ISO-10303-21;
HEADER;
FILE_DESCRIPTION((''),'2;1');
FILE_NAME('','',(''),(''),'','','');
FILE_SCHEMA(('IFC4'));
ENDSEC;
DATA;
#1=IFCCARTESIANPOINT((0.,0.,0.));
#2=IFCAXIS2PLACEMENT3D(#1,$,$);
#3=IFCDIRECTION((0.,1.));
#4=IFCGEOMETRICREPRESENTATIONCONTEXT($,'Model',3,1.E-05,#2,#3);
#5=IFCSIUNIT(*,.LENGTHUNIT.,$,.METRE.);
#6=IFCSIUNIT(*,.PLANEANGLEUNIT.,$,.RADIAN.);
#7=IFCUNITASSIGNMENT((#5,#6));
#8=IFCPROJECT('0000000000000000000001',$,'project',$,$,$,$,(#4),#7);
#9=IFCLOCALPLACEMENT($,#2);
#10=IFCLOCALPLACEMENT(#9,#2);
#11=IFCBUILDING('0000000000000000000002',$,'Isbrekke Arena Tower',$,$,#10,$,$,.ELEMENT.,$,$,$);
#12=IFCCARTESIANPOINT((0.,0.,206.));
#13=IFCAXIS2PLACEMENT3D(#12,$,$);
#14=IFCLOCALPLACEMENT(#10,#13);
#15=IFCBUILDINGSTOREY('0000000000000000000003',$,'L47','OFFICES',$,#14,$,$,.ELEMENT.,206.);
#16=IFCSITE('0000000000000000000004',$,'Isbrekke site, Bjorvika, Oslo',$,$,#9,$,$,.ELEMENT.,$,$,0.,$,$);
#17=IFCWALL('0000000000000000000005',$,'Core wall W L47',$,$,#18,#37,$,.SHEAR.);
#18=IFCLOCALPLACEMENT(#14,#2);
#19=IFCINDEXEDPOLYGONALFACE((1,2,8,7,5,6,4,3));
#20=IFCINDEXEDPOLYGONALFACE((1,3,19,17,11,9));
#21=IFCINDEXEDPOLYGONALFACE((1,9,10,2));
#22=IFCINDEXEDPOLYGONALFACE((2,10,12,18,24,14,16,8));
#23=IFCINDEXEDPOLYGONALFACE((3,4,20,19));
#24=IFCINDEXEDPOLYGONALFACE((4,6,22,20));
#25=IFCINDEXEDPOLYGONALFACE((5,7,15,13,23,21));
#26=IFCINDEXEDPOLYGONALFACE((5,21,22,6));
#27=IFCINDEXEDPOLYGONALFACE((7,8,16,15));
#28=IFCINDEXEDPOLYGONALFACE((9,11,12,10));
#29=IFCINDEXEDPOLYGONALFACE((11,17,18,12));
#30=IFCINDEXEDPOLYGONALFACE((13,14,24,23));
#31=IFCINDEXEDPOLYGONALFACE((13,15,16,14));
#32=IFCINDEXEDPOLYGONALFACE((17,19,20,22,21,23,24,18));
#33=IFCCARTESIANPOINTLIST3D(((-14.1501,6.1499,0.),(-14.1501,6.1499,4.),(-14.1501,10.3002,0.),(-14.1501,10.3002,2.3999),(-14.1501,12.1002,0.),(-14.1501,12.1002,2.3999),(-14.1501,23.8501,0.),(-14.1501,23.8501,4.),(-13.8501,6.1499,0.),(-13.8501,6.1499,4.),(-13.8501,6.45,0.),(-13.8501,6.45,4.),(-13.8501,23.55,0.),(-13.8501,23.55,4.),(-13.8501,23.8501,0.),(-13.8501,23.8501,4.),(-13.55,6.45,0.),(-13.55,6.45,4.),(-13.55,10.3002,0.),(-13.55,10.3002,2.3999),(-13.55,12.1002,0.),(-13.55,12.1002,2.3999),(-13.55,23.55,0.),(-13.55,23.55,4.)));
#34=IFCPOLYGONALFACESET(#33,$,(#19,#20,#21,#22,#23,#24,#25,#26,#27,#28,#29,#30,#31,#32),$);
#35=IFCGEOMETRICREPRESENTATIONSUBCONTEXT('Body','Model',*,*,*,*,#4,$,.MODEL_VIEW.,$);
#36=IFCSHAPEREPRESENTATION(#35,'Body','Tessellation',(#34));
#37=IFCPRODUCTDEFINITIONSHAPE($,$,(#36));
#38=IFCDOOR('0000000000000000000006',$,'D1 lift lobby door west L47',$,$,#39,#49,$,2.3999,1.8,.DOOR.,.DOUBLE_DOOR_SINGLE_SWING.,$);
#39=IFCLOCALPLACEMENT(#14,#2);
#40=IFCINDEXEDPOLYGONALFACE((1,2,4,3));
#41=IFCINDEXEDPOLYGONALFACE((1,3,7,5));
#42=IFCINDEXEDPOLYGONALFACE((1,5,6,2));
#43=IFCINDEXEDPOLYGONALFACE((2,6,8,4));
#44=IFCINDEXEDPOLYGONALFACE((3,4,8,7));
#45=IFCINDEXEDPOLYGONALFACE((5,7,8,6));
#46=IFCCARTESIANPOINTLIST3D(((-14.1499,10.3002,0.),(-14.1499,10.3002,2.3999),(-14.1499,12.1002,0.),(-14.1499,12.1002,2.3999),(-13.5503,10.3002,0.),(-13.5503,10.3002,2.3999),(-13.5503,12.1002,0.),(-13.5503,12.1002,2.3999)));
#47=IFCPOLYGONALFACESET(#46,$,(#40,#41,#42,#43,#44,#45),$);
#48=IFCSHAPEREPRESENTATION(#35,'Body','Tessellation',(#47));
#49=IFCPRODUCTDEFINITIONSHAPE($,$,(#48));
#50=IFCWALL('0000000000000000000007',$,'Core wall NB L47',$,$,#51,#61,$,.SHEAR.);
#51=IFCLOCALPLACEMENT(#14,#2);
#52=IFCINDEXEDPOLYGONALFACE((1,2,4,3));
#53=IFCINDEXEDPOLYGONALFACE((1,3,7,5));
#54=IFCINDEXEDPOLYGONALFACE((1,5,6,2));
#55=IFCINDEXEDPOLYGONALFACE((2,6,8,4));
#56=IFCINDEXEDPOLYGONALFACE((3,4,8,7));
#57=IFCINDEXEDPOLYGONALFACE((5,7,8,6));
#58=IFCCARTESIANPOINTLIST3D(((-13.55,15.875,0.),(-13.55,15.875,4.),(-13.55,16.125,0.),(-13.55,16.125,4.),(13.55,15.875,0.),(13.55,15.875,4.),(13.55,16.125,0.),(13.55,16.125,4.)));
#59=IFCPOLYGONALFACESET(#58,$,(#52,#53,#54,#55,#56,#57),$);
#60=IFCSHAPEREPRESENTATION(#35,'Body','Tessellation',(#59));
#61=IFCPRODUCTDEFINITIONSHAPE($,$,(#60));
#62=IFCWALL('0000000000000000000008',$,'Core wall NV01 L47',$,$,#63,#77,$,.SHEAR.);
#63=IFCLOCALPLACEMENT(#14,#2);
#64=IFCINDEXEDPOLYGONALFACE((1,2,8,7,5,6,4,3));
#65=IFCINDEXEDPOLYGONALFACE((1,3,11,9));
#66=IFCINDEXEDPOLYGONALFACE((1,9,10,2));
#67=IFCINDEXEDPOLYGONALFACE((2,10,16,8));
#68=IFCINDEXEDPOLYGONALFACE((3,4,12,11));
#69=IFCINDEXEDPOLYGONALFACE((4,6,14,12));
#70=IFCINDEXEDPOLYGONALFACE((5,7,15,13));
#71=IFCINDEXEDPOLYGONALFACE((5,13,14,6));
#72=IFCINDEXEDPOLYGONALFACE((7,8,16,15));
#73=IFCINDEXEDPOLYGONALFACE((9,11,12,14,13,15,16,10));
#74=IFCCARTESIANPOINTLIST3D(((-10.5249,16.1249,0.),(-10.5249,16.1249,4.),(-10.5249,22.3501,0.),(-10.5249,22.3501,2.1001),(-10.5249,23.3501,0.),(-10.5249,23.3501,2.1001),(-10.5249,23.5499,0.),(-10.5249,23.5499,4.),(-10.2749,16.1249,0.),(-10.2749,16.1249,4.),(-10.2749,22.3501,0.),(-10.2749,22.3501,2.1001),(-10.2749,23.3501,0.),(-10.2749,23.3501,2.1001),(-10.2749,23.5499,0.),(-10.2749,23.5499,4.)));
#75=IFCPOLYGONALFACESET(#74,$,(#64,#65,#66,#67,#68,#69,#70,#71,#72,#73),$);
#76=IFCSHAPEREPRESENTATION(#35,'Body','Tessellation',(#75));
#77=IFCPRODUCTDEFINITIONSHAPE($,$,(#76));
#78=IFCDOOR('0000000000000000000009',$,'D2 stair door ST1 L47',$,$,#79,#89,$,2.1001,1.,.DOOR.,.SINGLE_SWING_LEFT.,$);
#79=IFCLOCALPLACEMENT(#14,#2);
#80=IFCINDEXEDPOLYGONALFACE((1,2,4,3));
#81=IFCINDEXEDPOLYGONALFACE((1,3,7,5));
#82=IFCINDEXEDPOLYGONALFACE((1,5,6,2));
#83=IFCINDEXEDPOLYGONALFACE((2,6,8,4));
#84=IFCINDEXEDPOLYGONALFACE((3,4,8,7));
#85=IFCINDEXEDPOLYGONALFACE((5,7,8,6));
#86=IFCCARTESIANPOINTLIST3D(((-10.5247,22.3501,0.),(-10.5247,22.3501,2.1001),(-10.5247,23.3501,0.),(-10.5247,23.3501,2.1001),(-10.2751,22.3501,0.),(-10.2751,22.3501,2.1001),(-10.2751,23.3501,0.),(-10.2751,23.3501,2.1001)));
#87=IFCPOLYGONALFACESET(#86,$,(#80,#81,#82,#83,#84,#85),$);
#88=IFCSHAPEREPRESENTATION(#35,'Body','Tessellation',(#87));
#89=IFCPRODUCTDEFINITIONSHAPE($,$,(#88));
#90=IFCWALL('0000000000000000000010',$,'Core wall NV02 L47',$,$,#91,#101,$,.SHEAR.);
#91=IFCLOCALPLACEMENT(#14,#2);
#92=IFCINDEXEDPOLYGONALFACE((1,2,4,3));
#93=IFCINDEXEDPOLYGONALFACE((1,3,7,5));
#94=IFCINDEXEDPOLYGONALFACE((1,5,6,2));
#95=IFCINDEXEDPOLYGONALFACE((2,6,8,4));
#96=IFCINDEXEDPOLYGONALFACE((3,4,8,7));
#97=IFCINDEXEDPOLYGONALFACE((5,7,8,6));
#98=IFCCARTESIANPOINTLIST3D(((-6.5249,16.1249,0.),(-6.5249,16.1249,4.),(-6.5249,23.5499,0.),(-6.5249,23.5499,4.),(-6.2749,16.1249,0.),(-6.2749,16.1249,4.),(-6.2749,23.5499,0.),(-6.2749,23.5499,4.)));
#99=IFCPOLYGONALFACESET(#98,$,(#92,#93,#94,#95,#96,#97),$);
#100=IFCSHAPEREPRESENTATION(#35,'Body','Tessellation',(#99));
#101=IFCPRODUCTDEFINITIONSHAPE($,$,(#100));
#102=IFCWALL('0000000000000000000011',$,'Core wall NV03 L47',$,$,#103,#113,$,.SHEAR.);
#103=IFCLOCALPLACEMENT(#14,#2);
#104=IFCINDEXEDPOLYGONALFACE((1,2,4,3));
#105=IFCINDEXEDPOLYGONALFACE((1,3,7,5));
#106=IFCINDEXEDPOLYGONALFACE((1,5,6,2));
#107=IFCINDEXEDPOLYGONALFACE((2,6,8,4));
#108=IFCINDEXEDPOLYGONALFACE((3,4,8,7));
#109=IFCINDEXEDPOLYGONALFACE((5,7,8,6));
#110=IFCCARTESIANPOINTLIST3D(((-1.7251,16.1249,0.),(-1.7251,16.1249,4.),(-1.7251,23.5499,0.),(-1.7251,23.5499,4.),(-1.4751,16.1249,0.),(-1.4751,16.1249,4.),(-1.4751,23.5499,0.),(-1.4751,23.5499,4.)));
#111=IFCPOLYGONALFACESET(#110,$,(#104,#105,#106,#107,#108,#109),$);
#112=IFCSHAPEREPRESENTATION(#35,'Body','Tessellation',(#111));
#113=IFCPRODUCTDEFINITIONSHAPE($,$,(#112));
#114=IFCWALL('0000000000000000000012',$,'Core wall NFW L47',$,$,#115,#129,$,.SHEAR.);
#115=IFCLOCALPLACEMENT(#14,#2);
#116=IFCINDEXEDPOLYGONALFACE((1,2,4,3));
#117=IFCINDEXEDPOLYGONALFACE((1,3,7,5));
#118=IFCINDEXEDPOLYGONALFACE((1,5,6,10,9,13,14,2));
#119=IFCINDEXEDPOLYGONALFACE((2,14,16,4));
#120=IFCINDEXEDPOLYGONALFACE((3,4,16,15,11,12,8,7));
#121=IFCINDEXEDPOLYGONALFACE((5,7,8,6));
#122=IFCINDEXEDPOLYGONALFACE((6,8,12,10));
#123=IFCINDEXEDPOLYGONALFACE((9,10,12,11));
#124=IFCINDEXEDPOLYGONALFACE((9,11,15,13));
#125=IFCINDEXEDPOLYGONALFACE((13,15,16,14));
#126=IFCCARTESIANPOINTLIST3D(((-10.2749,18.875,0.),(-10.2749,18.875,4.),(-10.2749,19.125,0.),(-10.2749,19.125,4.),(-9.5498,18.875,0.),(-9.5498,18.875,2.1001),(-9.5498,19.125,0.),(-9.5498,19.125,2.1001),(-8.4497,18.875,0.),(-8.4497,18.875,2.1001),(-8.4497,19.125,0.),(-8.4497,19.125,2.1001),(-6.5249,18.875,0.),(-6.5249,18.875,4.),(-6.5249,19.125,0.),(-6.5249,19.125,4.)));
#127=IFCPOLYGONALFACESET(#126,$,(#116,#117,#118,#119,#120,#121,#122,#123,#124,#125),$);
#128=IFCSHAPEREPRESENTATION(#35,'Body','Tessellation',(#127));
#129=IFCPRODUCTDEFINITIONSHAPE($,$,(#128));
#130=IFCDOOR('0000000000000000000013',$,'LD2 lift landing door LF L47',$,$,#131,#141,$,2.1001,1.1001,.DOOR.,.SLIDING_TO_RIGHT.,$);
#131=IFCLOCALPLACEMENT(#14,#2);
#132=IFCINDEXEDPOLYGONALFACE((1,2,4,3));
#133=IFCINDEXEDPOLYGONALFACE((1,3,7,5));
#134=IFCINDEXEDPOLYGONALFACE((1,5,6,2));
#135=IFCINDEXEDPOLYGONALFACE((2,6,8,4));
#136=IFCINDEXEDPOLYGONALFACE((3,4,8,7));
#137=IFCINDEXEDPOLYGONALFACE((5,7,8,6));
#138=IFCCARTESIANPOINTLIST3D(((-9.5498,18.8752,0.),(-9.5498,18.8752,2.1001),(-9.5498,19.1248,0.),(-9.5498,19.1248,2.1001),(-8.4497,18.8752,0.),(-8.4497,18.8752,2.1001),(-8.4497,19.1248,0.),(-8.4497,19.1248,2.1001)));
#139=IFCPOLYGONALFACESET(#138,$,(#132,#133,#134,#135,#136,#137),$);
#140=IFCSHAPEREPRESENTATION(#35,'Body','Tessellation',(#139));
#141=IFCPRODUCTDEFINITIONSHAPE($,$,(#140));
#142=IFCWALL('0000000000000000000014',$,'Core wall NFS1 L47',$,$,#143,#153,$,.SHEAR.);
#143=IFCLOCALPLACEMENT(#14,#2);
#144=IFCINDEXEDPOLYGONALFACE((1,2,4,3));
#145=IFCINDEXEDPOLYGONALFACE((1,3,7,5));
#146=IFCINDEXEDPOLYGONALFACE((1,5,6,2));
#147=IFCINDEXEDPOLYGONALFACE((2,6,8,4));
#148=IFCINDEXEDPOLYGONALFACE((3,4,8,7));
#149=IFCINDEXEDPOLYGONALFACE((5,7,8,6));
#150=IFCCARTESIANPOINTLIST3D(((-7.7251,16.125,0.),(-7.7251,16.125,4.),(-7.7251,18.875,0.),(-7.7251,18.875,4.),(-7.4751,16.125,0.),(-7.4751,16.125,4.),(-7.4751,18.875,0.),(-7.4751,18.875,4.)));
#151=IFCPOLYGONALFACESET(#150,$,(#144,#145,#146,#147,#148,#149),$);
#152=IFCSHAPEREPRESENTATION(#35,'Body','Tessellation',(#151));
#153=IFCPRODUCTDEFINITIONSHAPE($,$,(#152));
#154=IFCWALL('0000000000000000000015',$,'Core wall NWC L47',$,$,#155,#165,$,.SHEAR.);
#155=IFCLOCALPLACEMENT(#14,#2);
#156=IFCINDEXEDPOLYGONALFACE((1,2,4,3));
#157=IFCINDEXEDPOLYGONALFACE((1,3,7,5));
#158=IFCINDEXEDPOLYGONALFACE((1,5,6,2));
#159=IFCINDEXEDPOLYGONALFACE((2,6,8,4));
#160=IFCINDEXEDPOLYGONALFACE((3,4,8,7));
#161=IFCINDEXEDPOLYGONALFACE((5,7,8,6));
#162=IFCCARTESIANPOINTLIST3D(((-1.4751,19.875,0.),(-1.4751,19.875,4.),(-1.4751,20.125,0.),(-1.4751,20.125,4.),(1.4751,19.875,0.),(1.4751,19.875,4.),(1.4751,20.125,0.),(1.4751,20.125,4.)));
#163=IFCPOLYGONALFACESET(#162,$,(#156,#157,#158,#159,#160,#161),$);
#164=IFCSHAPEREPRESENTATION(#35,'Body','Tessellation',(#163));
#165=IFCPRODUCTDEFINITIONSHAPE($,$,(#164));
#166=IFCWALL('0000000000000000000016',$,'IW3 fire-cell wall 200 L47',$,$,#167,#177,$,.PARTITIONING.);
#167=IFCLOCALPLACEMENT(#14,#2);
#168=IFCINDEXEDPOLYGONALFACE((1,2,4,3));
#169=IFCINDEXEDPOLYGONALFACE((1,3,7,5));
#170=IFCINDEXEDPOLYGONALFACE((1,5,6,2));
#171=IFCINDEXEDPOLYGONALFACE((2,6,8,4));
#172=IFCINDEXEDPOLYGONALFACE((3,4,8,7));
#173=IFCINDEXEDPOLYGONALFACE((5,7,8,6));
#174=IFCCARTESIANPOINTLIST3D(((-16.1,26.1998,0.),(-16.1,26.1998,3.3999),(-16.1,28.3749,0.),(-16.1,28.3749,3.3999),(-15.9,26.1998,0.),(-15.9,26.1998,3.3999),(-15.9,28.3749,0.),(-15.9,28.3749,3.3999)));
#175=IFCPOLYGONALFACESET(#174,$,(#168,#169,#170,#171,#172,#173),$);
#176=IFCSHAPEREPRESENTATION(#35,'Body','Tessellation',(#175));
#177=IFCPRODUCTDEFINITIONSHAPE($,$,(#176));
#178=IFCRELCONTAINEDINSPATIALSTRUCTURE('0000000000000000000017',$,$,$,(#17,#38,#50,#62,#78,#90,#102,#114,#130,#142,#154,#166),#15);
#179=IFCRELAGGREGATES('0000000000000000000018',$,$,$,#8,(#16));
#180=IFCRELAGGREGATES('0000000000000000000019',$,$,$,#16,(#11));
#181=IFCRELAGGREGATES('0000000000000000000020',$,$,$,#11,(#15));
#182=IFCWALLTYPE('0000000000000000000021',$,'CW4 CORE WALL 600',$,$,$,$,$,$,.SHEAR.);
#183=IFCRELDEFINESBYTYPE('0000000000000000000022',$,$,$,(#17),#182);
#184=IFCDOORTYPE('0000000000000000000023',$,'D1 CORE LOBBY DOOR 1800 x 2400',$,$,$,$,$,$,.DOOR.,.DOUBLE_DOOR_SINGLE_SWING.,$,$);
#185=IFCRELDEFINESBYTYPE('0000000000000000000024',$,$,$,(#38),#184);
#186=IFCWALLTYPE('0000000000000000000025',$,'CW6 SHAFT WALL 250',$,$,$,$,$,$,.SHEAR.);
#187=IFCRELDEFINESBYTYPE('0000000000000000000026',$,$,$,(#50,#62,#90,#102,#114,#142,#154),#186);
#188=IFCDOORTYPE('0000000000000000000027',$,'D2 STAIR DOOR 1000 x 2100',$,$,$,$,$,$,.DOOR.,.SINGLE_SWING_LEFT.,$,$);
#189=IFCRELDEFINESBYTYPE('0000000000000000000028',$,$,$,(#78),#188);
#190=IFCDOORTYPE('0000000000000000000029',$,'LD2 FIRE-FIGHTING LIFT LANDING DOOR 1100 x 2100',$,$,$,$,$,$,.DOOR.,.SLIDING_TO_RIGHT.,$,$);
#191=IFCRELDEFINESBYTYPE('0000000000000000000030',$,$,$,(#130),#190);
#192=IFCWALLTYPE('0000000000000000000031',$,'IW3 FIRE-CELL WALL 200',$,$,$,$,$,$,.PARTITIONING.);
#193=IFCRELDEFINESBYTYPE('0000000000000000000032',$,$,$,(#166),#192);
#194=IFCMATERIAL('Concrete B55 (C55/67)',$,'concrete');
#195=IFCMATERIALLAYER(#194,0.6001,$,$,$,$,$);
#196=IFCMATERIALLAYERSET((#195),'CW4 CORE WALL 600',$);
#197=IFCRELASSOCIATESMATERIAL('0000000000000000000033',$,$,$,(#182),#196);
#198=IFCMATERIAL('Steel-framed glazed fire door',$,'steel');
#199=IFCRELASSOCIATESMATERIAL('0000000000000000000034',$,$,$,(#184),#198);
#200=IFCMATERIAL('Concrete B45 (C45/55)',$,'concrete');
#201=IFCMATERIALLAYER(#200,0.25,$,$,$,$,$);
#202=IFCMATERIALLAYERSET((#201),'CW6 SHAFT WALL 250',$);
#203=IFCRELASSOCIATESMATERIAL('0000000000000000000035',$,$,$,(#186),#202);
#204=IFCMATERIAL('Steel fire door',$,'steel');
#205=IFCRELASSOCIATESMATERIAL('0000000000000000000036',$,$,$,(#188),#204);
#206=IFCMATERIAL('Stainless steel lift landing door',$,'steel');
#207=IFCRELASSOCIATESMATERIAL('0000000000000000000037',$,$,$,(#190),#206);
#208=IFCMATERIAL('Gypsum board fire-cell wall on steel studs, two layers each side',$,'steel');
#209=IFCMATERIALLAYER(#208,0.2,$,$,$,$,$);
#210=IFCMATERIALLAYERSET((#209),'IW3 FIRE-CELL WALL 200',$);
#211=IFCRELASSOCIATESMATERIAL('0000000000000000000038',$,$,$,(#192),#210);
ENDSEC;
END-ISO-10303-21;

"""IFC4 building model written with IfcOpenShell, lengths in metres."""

from ifc_helpers import new_model, si_unit, direction, frame, frame_2d, origin, place, context, subcontext, project, spatial, polyline, rectangle, outline, extrude, material, layer, layer_set, type_object, element, fill, save


model = new_model("IFC4")

# Units and contexts
model_context = context("Model", 3, precision=1e-05, world=origin(), true_north=direction((0.0, 1.0)))
body_context = subcontext(model_context, "Body", "Model", "MODEL_VIEW")
ifc_project = project(units=[si_unit("LENGTHUNIT", "METRE"), si_unit("PLANEANGLEUNIT", "RADIAN")], contexts=[model_context])

# Site, building, storey
site_placement = place(None, origin())
site = spatial("IfcSite", under=ifc_project, at=site_placement, Name="Isbrekke site, Bjorvika, Oslo", CompositionType="ELEMENT", RefElevation=0.0)
building_placement = place(site_placement, origin())
building = spatial("IfcBuilding", under=site, at=building_placement, Name="Isbrekke Arena Tower", CompositionType="ELEMENT")
storey_placement = place(building_placement, frame((0.0, 0.0, 206.0)))
storey = spatial("IfcBuildingStorey", under=building, at=storey_placement, Name="L47", Description="OFFICES", CompositionType="ELEMENT", Elevation=206.0)

# Wall, opening, door
ifc_material_1 = material(Name="Concrete B55 (C55/67)", Category="concrete")
ifc_layer_1 = layer(ifc_material_1, 0.6001)
ifc_layer_set_1 = layer_set([ifc_layer_1], Name="CW4 CORE WALL 600")
wall_type_1 = type_object("IfcWallType", Name="CW4 CORE WALL 600", PredefinedType="SHEAR", material=ifc_layer_set_1)
wall_1_placement = place(storey_placement, frame((-13.8501, 23.8501, 0.0), z_axis=(0.0, 0.0, 1.0), x_axis=(0.0, -1.0, 0.0)))
wall_1 = element("IfcWall", 1, at=wall_1_placement, inside=storey, type_object=wall_type_1, Name="Core wall W L47", PredefinedType="SHEAR", context=body_context, shape_type="SweptSolid", body=[
    extrude(outline(polyline([(0.0, -0.3), (17.7002, -0.3), (17.7002, 0.0), (17.4001, 0.0), (17.4001, 0.3), (0.3, 0.3), (0.3, 0.0), (0.0, 0.0), (0.0, -0.3)])), origin(), (0.0, 0.0, 1.0), 4.0),
])
opening_1_placement = place(wall_1_placement, frame((11.75, 0.0, 0.0)))
opening_1 = element("IfcOpeningElement", 2, at=opening_1_placement, cuts=wall_1, PredefinedType="OPENING", context=body_context, shape_type="SweptSolid", body=[
    extrude(rectangle(XDim=1.8, YDim=2.3999, at=frame_2d((0.8999, 1.2))), frame((0.0, 0.3149, 0.0), z_axis=(0.0, -1.0, 0.0), x_axis=(1.0, 0.0, 0.0)), (0.0, 0.0, 1.0), 0.6299),
])
ifc_material_2 = material(Name="Steel-framed glazed fire door", Category="steel")
door_type_1 = type_object("IfcDoorType", Name="D1 CORE LOBBY DOOR 1800 x 2400", OperationType="DOUBLE_DOOR_SINGLE_SWING", PredefinedType="DOOR", material=ifc_material_2)
door_1_placement = place(opening_1_placement, origin())
door_1 = element("IfcDoor", 3, at=door_1_placement, inside=storey, type_object=door_type_1, Name="D1 lift lobby door west L47", OperationType="DOUBLE_DOOR_SINGLE_SWING", OverallHeight=2.3999, OverallWidth=1.8, PredefinedType="DOOR", context=body_context, shape_type="SweptSolid", body=[
    extrude(rectangle(XDim=1.8, YDim=2.3999, at=frame_2d((0.8999, 1.2))), frame((0.0, 0.2998, 0.0), z_axis=(0.0, -1.0, 0.0), x_axis=(1.0, 0.0, 0.0)), (0.0, 0.0, 1.0), 0.5996),
])
fill(opening_1, door_1)

# Wall
ifc_material_3 = material(Name="Concrete B45 (C45/55)", Category="concrete")
ifc_layer_2 = layer(ifc_material_3, 0.25)
ifc_layer_set_2 = layer_set([ifc_layer_2], Name="CW6 SHAFT WALL 250")
wall_type_2 = type_object("IfcWallType", Name="CW6 SHAFT WALL 250", PredefinedType="SHEAR", material=ifc_layer_set_2)
wall_2_placement = place(storey_placement, frame((-13.55, 16.0, 0.0), z_axis=(0.0, 0.0, 1.0), x_axis=(1.0, 0.0, 0.0)))
element("IfcWall", 4, at=wall_2_placement, inside=storey, type_object=wall_type_2, Name="Core wall NB L47", PredefinedType="SHEAR", context=body_context, shape_type="SweptSolid", body=[
    extrude(rectangle(XDim=27.1001, YDim=0.25, at=frame_2d((13.55, 0.0))), origin(), (0.0, 0.0, 1.0), 4.0),
])

# Wall, opening, door
wall_3_placement = place(storey_placement, frame((-10.3999, 16.125, 0.0), z_axis=(0.0, 0.0, 1.0), x_axis=(0.0, 1.0, 0.0)))
wall_3 = element("IfcWall", 5, at=wall_3_placement, inside=storey, type_object=wall_type_2, Name="Core wall NV01 L47", PredefinedType="SHEAR", context=body_context, shape_type="SweptSolid", body=[
    extrude(rectangle(XDim=7.425, YDim=0.25, at=frame_2d((3.7124, 0.0))), origin(), (0.0, 0.0, 1.0), 4.0),
])
opening_2_placement = place(wall_3_placement, frame((6.2251, 0.0, 0.0)))
opening_2 = element("IfcOpeningElement", 6, at=opening_2_placement, cuts=wall_3, PredefinedType="OPENING", context=body_context, shape_type="SweptSolid", body=[
    extrude(rectangle(XDim=1.0, YDim=2.1001, at=frame_2d((0.5, 1.05))), frame((0.0, 0.1399, 0.0), z_axis=(0.0, -1.0, 0.0), x_axis=(1.0, 0.0, 0.0)), (0.0, 0.0, 1.0), 0.2798),
])
ifc_material_4 = material(Name="Steel fire door", Category="steel")
door_type_2 = type_object("IfcDoorType", Name="D2 STAIR DOOR 1000 x 2100", OperationType="SINGLE_SWING_LEFT", PredefinedType="DOOR", material=ifc_material_4)
door_2_placement = place(opening_2_placement, origin())
door_2 = element("IfcDoor", 7, at=door_2_placement, inside=storey, type_object=door_type_2, Name="D2 stair door ST1 L47", OperationType="SINGLE_SWING_LEFT", OverallHeight=2.1001, OverallWidth=1.0, PredefinedType="DOOR", context=body_context, shape_type="SweptSolid", body=[
    extrude(rectangle(XDim=1.0, YDim=2.1001, at=frame_2d((0.5, 1.05))), frame((0.0, 0.1248, 0.0), z_axis=(0.0, -1.0, 0.0), x_axis=(1.0, 0.0, 0.0)), (0.0, 0.0, 1.0), 0.2495),
])
fill(opening_2, door_2)

# Walls
for number, where, z_axis, x_axis, name in (
    (8, (-6.3999, 16.125, 0.0), (0.0, 0.0, 1.0), (0.0, 1.0, 0.0), "Core wall NV02 L47"),
    (9, (-1.6001, 16.125, 0.0), (0.0, 0.0, 1.0), (0.0, 1.0, 0.0), "Core wall NV03 L47"),
):
    element("IfcWall", number, at=place(storey_placement, frame(where, z_axis=z_axis, x_axis=x_axis)), inside=storey, type_object=wall_type_2, Name=name, PredefinedType="SHEAR", context=body_context, shape_type="SweptSolid", body=[
        extrude(rectangle(XDim=7.425, YDim=0.25, at=frame_2d((3.7124, 0.0))), origin(), (0.0, 0.0, 1.0), 4.0),
    ])

# Wall, opening, door
wall_4_placement = place(storey_placement, frame((-10.2749, 19.0, 0.0), z_axis=(0.0, 0.0, 1.0), x_axis=(1.0, 0.0, 0.0)))
wall_4 = element("IfcWall", 10, at=wall_4_placement, inside=storey, type_object=wall_type_2, Name="Core wall NFW L47", PredefinedType="SHEAR", context=body_context, shape_type="SweptSolid", body=[
    extrude(rectangle(XDim=3.75, YDim=0.25, at=frame_2d((1.875, 0.0))), origin(), (0.0, 0.0, 1.0), 4.0),
])
opening_3_placement = place(wall_4_placement, frame((0.7251, 0.0, 0.0)))
opening_3 = element("IfcOpeningElement", 11, at=opening_3_placement, cuts=wall_4, PredefinedType="OPENING", context=body_context, shape_type="SweptSolid", body=[
    extrude(rectangle(XDim=1.1001, YDim=2.1001, at=frame_2d((0.55, 1.05))), frame((0.0, 0.1399, 0.0), z_axis=(0.0, -1.0, 0.0), x_axis=(1.0, 0.0, 0.0)), (0.0, 0.0, 1.0), 0.2798),
])
ifc_material_5 = material(Name="Stainless steel lift landing door", Category="steel")
door_type_3 = type_object("IfcDoorType", Name="LD2 FIRE-FIGHTING LIFT LANDING DOOR 1100 x 2100", OperationType="SLIDING_TO_RIGHT", PredefinedType="DOOR", material=ifc_material_5)
door_3_placement = place(opening_3_placement, origin())
door_3 = element("IfcDoor", 12, at=door_3_placement, inside=storey, type_object=door_type_3, Name="LD2 lift landing door LF L47", OperationType="SLIDING_TO_RIGHT", OverallHeight=2.1001, OverallWidth=1.1001, PredefinedType="DOOR", context=body_context, shape_type="SweptSolid", body=[
    extrude(rectangle(XDim=1.1001, YDim=2.1001, at=frame_2d((0.55, 1.05))), frame((0.0, 0.1248, 0.0), z_axis=(0.0, -1.0, 0.0), x_axis=(1.0, 0.0, 0.0)), (0.0, 0.0, 1.0), 0.2495),
])
fill(opening_3, door_3)

# Walls
wall_5_placement = place(storey_placement, frame((-7.6001, 16.125, 0.0), z_axis=(0.0, 0.0, 1.0), x_axis=(0.0, 1.0, 0.0)))
element("IfcWall", 13, at=wall_5_placement, inside=storey, type_object=wall_type_2, Name="Core wall NFS1 L47", PredefinedType="SHEAR", context=body_context, shape_type="SweptSolid", body=[
    extrude(rectangle(XDim=2.75, YDim=0.25, at=frame_2d((1.375, 0.0))), origin(), (0.0, 0.0, 1.0), 4.0),
])
wall_6_placement = place(storey_placement, frame((-1.4751, 20.0, 0.0), z_axis=(0.0, 0.0, 1.0), x_axis=(1.0, 0.0, 0.0)))
element("IfcWall", 14, at=wall_6_placement, inside=storey, type_object=wall_type_2, Name="Core wall NWC L47", PredefinedType="SHEAR", context=body_context, shape_type="SweptSolid", body=[
    extrude(rectangle(XDim=2.9502, YDim=0.25, at=frame_2d((1.4751, 0.0))), origin(), (0.0, 0.0, 1.0), 4.0),
])

# Shared definitions
ifc_material_6 = material(Name="Gypsum board fire-cell wall on steel studs, two layers each side", Category="steel")
ifc_layer_3 = layer(ifc_material_6, 0.2)
ifc_layer_set_3 = layer_set([ifc_layer_3], Name="IW3 FIRE-CELL WALL 200")
wall_type_3 = type_object("IfcWallType", Name="IW3 FIRE-CELL WALL 200", PredefinedType="PARTITIONING", material=ifc_layer_set_3)

# Wall
wall_7_placement = place(storey_placement, frame((-16.0, 26.2, 0.0), z_axis=(0.0, 0.0, 1.0), x_axis=(0.0, 1.0, 0.0)))
element("IfcWall", 15, at=wall_7_placement, inside=storey, type_object=wall_type_3, Name="IW3 fire-cell wall 200 L47", PredefinedType="PARTITIONING", context=body_context, shape_type="SweptSolid", body=[
    extrude(rectangle(XDim=2.175, YDim=0.2, at=frame_2d((1.0874, 0.0))), origin(), (0.0, 0.0, 1.0), 3.3999),
])

save(model, "model.ifc")
